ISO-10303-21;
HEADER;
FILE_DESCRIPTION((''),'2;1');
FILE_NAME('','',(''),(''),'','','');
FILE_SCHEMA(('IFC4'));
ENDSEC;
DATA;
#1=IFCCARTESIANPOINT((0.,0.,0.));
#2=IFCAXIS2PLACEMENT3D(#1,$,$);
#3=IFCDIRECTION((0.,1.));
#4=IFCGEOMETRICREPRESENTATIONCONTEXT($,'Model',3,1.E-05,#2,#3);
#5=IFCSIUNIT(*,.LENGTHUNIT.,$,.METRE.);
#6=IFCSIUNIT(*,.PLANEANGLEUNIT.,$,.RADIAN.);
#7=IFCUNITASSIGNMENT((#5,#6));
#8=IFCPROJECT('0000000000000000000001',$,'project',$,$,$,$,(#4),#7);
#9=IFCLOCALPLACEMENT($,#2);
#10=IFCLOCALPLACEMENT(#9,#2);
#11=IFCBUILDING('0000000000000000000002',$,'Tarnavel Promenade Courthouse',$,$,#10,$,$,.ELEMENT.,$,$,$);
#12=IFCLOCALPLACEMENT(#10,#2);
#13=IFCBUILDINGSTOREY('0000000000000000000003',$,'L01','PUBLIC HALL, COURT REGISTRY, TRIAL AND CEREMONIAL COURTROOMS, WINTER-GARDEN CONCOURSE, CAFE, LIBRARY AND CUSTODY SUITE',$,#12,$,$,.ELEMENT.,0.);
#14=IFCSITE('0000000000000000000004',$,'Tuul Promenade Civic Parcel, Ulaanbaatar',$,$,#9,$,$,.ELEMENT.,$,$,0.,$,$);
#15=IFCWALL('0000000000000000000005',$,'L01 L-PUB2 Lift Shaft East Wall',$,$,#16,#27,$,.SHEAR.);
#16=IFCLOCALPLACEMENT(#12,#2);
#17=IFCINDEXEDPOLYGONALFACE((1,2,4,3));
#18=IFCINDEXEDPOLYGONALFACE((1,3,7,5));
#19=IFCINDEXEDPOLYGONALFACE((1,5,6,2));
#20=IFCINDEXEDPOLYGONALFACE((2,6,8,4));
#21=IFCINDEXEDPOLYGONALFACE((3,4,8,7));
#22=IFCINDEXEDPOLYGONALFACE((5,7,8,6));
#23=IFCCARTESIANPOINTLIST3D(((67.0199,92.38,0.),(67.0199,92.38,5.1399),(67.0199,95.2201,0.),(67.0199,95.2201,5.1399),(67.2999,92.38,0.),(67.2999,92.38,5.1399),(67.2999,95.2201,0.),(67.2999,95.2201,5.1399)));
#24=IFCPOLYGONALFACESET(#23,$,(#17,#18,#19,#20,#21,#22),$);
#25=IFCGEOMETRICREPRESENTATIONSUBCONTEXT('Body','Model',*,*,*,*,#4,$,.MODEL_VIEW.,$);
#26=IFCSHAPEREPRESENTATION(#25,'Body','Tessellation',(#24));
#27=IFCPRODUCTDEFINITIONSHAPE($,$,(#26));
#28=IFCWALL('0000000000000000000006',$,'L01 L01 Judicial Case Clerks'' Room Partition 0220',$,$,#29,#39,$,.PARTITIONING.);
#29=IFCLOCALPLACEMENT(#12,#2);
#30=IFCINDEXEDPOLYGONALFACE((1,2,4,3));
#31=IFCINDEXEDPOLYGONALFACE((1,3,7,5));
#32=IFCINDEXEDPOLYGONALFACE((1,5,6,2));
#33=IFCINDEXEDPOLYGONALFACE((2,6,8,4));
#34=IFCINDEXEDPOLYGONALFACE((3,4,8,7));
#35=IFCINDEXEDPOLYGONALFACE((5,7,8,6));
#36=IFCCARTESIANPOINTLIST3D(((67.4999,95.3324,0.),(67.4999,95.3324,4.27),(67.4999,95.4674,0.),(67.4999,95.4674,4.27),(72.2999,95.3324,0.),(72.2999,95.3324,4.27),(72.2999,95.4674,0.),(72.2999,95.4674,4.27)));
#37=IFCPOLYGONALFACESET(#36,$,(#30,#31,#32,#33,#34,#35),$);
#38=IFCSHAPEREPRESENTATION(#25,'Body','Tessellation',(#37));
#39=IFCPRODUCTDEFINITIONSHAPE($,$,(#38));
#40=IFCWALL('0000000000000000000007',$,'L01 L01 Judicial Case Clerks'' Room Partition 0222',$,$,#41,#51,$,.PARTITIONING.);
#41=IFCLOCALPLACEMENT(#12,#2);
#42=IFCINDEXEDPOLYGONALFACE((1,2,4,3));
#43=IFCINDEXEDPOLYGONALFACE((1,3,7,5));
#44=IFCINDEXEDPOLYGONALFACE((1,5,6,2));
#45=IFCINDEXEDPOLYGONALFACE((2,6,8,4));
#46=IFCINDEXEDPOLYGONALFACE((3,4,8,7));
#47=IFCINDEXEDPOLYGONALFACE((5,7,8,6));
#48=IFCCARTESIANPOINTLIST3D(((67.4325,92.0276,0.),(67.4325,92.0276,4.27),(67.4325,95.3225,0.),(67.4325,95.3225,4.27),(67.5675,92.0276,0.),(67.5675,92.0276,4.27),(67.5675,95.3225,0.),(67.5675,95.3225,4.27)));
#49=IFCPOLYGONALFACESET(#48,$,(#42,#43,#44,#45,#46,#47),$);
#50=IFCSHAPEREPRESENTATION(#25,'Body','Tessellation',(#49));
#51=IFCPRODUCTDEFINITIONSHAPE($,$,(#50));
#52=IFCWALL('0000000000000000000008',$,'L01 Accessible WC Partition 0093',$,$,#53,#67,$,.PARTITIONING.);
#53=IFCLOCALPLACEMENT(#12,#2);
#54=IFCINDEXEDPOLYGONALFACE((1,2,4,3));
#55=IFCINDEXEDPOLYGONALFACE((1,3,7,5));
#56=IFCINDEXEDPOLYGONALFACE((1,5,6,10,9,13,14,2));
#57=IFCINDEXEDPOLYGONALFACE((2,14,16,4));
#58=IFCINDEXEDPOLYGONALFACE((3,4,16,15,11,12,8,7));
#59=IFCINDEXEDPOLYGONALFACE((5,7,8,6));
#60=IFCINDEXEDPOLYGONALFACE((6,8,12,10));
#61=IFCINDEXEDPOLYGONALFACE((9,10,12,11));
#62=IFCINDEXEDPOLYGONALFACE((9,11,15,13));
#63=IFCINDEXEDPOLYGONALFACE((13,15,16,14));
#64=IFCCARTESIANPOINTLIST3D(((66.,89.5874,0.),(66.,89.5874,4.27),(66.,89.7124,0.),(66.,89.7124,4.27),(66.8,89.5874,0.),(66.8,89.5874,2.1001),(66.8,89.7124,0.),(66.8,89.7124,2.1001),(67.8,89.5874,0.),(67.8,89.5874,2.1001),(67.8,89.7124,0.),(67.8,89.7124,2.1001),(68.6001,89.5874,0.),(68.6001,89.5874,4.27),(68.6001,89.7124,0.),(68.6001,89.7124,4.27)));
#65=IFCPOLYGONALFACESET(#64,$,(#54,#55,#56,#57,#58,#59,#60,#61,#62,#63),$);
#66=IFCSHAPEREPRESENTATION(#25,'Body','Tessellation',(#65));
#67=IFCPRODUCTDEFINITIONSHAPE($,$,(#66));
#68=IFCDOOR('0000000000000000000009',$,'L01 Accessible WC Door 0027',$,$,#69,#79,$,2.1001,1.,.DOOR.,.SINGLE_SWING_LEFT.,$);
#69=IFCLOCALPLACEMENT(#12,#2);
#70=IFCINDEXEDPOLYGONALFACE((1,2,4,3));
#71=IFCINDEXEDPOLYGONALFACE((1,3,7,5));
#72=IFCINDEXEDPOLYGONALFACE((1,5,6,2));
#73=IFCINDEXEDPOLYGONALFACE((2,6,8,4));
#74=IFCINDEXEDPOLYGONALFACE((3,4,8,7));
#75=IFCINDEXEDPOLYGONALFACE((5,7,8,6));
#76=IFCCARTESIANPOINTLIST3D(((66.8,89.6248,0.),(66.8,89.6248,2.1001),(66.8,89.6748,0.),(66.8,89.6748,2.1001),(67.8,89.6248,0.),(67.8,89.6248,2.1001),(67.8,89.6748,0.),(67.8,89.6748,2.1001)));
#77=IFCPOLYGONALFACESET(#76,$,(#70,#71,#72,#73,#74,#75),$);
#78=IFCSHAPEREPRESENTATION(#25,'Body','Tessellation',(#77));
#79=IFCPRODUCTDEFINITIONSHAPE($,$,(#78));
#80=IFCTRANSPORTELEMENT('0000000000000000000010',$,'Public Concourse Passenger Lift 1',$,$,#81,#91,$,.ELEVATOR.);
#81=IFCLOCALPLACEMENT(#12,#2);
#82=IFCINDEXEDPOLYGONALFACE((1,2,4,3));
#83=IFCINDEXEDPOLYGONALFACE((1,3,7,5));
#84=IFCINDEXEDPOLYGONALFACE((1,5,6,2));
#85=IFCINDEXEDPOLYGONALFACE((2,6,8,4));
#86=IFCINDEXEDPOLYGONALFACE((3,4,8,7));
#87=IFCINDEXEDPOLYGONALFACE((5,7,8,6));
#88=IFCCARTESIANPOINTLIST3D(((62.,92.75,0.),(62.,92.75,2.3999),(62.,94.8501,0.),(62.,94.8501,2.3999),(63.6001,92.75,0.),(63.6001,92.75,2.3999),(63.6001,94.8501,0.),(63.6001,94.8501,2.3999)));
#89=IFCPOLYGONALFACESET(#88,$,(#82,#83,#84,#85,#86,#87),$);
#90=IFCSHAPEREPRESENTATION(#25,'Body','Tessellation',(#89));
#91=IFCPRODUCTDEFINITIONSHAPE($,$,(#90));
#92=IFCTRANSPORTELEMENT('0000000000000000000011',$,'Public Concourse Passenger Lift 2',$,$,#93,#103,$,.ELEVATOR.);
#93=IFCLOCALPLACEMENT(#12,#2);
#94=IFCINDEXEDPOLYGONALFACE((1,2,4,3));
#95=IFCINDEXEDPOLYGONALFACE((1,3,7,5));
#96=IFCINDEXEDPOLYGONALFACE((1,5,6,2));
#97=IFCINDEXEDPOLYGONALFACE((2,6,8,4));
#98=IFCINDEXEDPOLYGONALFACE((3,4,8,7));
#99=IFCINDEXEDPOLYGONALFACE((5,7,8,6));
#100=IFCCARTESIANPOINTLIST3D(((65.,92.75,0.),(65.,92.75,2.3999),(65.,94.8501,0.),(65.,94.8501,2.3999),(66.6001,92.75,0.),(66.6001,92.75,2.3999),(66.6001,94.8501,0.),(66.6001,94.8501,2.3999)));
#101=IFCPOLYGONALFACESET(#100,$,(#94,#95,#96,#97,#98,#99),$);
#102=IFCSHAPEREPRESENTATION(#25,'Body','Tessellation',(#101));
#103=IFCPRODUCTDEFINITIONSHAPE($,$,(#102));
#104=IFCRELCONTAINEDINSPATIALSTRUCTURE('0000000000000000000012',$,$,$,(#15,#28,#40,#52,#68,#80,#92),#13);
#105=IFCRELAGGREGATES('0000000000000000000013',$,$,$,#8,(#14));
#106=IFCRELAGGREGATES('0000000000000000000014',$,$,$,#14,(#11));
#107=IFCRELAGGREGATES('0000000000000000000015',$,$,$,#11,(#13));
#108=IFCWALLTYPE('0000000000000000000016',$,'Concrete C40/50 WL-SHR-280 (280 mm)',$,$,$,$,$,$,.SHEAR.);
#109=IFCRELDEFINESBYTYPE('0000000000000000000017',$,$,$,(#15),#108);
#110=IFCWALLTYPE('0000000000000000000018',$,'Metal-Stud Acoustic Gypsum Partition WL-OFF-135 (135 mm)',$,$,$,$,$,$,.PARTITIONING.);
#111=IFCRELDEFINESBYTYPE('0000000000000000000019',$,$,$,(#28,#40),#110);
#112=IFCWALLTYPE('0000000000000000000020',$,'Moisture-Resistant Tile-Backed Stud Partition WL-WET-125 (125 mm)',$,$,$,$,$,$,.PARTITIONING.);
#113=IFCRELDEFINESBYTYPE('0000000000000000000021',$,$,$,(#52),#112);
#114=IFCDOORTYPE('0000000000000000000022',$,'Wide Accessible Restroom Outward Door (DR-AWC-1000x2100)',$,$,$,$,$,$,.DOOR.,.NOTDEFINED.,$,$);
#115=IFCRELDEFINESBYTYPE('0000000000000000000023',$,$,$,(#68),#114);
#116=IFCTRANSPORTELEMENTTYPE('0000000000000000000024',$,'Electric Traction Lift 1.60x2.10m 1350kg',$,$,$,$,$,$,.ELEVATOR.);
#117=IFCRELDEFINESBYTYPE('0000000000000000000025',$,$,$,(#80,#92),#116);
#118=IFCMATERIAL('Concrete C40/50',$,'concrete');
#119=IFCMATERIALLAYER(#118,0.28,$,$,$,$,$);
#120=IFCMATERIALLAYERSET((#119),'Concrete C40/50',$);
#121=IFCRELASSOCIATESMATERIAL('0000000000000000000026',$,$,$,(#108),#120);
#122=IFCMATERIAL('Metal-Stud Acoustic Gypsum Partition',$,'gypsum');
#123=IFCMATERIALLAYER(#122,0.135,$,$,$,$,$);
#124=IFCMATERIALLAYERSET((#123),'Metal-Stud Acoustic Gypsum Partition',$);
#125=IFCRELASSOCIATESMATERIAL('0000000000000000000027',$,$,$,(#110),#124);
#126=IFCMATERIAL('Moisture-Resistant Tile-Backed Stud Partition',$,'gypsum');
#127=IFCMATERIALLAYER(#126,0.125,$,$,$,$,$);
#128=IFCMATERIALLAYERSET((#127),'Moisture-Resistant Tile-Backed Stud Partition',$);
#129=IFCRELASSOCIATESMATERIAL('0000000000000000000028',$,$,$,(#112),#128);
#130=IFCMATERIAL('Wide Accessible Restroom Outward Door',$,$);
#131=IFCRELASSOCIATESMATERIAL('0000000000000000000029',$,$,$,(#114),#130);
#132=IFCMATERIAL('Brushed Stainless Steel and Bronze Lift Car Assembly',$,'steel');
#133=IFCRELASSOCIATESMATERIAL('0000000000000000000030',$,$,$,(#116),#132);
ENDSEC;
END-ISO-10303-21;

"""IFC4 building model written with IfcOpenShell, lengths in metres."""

from ifc_helpers import new_model, si_unit, direction, frame, frame_2d, origin, origin_2d, place, context, subcontext, project, spatial, rectangle, extrude, material, layer, layer_set, type_object, element, fill, save


model = new_model("IFC4")

# Units and contexts
model_context = context("Model", 3, precision=1e-05, world=origin(), true_north=direction((0.0, 1.0)))
body_context = subcontext(model_context, "Body", "Model", "MODEL_VIEW")
ifc_project = project(units=[si_unit("LENGTHUNIT", "METRE"), si_unit("PLANEANGLEUNIT", "RADIAN")], contexts=[model_context])

# Site, building, storey
site_placement = place(None, origin())
site = spatial("IfcSite", under=ifc_project, at=site_placement, Name="Tuul Promenade Civic Parcel, Ulaanbaatar", CompositionType="ELEMENT", RefElevation=0.0)
building_placement = place(site_placement, origin())
building = spatial("IfcBuilding", under=site, at=building_placement, Name="Tarnavel Promenade Courthouse", CompositionType="ELEMENT")
storey_placement = place(building_placement, origin())
storey = spatial("IfcBuildingStorey", under=building, at=storey_placement, Name="L01", Description="PUBLIC HALL, COURT REGISTRY, TRIAL AND CEREMONIAL COURTROOMS, WINTER-GARDEN CONCOURSE, CAFE, LIBRARY AND CUSTODY SUITE", CompositionType="ELEMENT", Elevation=0.0)

# Shared definitions
ifc_material_1 = material(Name="Concrete C40/50", Category="concrete")

# Shared definitions
ifc_layer_1 = layer(ifc_material_1, 0.28)
ifc_layer_set_1 = layer_set([ifc_layer_1], Name="Concrete C40/50")
wall_type_1 = type_object("IfcWallType", Name="Concrete C40/50 WL-SHR-280 (280 mm)", PredefinedType="SHEAR", material=ifc_layer_set_1)

# Walls
for number, where, z_axis, x_axis, name in (
    (1, (67.1599, 95.22, 0.0), (0.0, 0.0, 1.0), (0.0, -1.0, 0.0), "L01 L-PUB2 Lift Shaft East Wall"),
):
    element("IfcWall", number, at=place(storey_placement, frame(where, z_axis=z_axis, x_axis=x_axis)), inside=storey, type_object=wall_type_1, Name=name, PredefinedType="SHEAR", context=body_context, shape_type="SweptSolid", body=[
        extrude(rectangle(XDim=2.8401, YDim=0.28, at=frame_2d((1.4199, 0.0))), origin(), (0.0, 0.0, 1.0), 5.1399),
    ])
ifc_material_2 = material(Name="Metal-Stud Acoustic Gypsum Partition", Category="gypsum")
ifc_layer_2 = layer(ifc_material_2, 0.135)
ifc_layer_set_2 = layer_set([ifc_layer_2], Name="Metal-Stud Acoustic Gypsum Partition")
wall_type_2 = type_object("IfcWallType", Name="Metal-Stud Acoustic Gypsum Partition WL-OFF-135 (135 mm)", PredefinedType="PARTITIONING", material=ifc_layer_set_2)
wall_1_placement = place(storey_placement, frame((67.5, 95.3999, 0.0), z_axis=(0.0, 0.0, 1.0), x_axis=(1.0, 0.0, 0.0)))
element("IfcWall", 2, at=wall_1_placement, inside=storey, type_object=wall_type_2, Name="L01 L01 Judicial Case Clerks' Room Partition 0220", PredefinedType="PARTITIONING", context=body_context, shape_type="SweptSolid", body=[
    extrude(rectangle(XDim=4.8, YDim=0.135, at=frame_2d((2.3999, 0.0))), origin(), (0.0, 0.0, 1.0), 4.27),
])
wall_2_placement = place(storey_placement, frame((67.5, 92.0276, 0.0), z_axis=(0.0, 0.0, 1.0), x_axis=(0.0, 1.0, 0.0)))
element("IfcWall", 3, at=wall_2_placement, inside=storey, type_object=wall_type_2, Name="L01 L01 Judicial Case Clerks' Room Partition 0222", PredefinedType="PARTITIONING", context=body_context, shape_type="SweptSolid", body=[
    extrude(rectangle(XDim=3.2949, YDim=0.135, at=frame_2d((1.6475, 0.0))), origin(), (0.0, 0.0, 1.0), 4.27),
])

# Wall, opening, door
ifc_material_3 = material(Name="Moisture-Resistant Tile-Backed Stud Partition", Category="gypsum")
ifc_layer_3 = layer(ifc_material_3, 0.125)
ifc_layer_set_3 = layer_set([ifc_layer_3], Name="Moisture-Resistant Tile-Backed Stud Partition")
wall_type_3 = type_object("IfcWallType", Name="Moisture-Resistant Tile-Backed Stud Partition WL-WET-125 (125 mm)", PredefinedType="PARTITIONING", material=ifc_layer_set_3)
wall_3_placement = place(storey_placement, frame((66.0, 89.6499, 0.0), z_axis=(0.0, 0.0, 1.0), x_axis=(1.0, 0.0, 0.0)))
wall_3 = element("IfcWall", 4, at=wall_3_placement, inside=storey, type_object=wall_type_3, Name="L01 Accessible WC Partition 0093", PredefinedType="PARTITIONING", context=body_context, shape_type="SweptSolid", body=[
    extrude(rectangle(XDim=2.6001, YDim=0.125, at=frame_2d((1.3, 0.0))), origin(), (0.0, 0.0, 1.0), 4.27),
])
opening_1_placement = place(wall_3_placement, frame((0.8, 0.0, 0.0)))
opening_1 = element("IfcOpeningElement", 5, at=opening_1_placement, cuts=wall_3, PredefinedType="OPENING", context=body_context, shape_type="SweptSolid", body=[
    extrude(rectangle(XDim=1.0, YDim=2.1001, at=frame_2d((0.5, 1.05))), frame((0.0, 0.0725, 0.0), z_axis=(0.0, -1.0, 0.0), x_axis=(1.0, 0.0, 0.0)), (0.0, 0.0, 1.0), 0.145),
])
ifc_material_4 = material(Name="Wide Accessible Restroom Outward Door")
door_type_1 = type_object("IfcDoorType", Name="Wide Accessible Restroom Outward Door (DR-AWC-1000x2100)", OperationType="NOTDEFINED", PredefinedType="DOOR", material=ifc_material_4)
door_1_placement = place(opening_1_placement, origin())
door_1 = element("IfcDoor", 6, at=door_1_placement, inside=storey, type_object=door_type_1, Name="L01 Accessible WC Door 0027", OperationType="SINGLE_SWING_LEFT", OverallHeight=2.1001, OverallWidth=1.0, PredefinedType="DOOR", context=body_context, shape_type="SweptSolid", body=[
    extrude(rectangle(XDim=1.0, YDim=2.1001, at=frame_2d((0.5, 1.05))), frame((0.0, 0.0249, 0.0), z_axis=(0.0, -1.0, 0.0), x_axis=(1.0, 0.0, 0.0)), (0.0, 0.0, 1.0), 0.05),
])
fill(opening_1, door_1)

# Transport elements
ifc_material_5 = material(Name="Brushed Stainless Steel and Bronze Lift Car Assembly", Category="steel")
transport_element_type = type_object("IfcTransportElementType", Name="Electric Traction Lift 1.60x2.10m 1350kg", PredefinedType="ELEVATOR", material=ifc_material_5)
for number, where, z_axis, x_axis, name in (
    (7, (62.8, 93.8, 0.0), (0.0, 0.0, 1.0), (1.0, 0.0, 0.0), "Public Concourse Passenger Lift 1"),
    (8, (65.8, 93.8, 0.0), (0.0, 0.0, 1.0), (1.0, 0.0, 0.0), "Public Concourse Passenger Lift 2"),
):
    element("IfcTransportElement", number, at=place(storey_placement, frame(where, z_axis=z_axis, x_axis=x_axis)), inside=storey, type_object=transport_element_type, Name=name, PredefinedType="ELEVATOR", context=body_context, shape_type="SweptSolid", body=[
        extrude(rectangle(XDim=1.6001, YDim=2.1001, at=origin_2d()), origin(), (0.0, 0.0, 1.0), 2.3999),
    ])

save(model, "model.ifc")
